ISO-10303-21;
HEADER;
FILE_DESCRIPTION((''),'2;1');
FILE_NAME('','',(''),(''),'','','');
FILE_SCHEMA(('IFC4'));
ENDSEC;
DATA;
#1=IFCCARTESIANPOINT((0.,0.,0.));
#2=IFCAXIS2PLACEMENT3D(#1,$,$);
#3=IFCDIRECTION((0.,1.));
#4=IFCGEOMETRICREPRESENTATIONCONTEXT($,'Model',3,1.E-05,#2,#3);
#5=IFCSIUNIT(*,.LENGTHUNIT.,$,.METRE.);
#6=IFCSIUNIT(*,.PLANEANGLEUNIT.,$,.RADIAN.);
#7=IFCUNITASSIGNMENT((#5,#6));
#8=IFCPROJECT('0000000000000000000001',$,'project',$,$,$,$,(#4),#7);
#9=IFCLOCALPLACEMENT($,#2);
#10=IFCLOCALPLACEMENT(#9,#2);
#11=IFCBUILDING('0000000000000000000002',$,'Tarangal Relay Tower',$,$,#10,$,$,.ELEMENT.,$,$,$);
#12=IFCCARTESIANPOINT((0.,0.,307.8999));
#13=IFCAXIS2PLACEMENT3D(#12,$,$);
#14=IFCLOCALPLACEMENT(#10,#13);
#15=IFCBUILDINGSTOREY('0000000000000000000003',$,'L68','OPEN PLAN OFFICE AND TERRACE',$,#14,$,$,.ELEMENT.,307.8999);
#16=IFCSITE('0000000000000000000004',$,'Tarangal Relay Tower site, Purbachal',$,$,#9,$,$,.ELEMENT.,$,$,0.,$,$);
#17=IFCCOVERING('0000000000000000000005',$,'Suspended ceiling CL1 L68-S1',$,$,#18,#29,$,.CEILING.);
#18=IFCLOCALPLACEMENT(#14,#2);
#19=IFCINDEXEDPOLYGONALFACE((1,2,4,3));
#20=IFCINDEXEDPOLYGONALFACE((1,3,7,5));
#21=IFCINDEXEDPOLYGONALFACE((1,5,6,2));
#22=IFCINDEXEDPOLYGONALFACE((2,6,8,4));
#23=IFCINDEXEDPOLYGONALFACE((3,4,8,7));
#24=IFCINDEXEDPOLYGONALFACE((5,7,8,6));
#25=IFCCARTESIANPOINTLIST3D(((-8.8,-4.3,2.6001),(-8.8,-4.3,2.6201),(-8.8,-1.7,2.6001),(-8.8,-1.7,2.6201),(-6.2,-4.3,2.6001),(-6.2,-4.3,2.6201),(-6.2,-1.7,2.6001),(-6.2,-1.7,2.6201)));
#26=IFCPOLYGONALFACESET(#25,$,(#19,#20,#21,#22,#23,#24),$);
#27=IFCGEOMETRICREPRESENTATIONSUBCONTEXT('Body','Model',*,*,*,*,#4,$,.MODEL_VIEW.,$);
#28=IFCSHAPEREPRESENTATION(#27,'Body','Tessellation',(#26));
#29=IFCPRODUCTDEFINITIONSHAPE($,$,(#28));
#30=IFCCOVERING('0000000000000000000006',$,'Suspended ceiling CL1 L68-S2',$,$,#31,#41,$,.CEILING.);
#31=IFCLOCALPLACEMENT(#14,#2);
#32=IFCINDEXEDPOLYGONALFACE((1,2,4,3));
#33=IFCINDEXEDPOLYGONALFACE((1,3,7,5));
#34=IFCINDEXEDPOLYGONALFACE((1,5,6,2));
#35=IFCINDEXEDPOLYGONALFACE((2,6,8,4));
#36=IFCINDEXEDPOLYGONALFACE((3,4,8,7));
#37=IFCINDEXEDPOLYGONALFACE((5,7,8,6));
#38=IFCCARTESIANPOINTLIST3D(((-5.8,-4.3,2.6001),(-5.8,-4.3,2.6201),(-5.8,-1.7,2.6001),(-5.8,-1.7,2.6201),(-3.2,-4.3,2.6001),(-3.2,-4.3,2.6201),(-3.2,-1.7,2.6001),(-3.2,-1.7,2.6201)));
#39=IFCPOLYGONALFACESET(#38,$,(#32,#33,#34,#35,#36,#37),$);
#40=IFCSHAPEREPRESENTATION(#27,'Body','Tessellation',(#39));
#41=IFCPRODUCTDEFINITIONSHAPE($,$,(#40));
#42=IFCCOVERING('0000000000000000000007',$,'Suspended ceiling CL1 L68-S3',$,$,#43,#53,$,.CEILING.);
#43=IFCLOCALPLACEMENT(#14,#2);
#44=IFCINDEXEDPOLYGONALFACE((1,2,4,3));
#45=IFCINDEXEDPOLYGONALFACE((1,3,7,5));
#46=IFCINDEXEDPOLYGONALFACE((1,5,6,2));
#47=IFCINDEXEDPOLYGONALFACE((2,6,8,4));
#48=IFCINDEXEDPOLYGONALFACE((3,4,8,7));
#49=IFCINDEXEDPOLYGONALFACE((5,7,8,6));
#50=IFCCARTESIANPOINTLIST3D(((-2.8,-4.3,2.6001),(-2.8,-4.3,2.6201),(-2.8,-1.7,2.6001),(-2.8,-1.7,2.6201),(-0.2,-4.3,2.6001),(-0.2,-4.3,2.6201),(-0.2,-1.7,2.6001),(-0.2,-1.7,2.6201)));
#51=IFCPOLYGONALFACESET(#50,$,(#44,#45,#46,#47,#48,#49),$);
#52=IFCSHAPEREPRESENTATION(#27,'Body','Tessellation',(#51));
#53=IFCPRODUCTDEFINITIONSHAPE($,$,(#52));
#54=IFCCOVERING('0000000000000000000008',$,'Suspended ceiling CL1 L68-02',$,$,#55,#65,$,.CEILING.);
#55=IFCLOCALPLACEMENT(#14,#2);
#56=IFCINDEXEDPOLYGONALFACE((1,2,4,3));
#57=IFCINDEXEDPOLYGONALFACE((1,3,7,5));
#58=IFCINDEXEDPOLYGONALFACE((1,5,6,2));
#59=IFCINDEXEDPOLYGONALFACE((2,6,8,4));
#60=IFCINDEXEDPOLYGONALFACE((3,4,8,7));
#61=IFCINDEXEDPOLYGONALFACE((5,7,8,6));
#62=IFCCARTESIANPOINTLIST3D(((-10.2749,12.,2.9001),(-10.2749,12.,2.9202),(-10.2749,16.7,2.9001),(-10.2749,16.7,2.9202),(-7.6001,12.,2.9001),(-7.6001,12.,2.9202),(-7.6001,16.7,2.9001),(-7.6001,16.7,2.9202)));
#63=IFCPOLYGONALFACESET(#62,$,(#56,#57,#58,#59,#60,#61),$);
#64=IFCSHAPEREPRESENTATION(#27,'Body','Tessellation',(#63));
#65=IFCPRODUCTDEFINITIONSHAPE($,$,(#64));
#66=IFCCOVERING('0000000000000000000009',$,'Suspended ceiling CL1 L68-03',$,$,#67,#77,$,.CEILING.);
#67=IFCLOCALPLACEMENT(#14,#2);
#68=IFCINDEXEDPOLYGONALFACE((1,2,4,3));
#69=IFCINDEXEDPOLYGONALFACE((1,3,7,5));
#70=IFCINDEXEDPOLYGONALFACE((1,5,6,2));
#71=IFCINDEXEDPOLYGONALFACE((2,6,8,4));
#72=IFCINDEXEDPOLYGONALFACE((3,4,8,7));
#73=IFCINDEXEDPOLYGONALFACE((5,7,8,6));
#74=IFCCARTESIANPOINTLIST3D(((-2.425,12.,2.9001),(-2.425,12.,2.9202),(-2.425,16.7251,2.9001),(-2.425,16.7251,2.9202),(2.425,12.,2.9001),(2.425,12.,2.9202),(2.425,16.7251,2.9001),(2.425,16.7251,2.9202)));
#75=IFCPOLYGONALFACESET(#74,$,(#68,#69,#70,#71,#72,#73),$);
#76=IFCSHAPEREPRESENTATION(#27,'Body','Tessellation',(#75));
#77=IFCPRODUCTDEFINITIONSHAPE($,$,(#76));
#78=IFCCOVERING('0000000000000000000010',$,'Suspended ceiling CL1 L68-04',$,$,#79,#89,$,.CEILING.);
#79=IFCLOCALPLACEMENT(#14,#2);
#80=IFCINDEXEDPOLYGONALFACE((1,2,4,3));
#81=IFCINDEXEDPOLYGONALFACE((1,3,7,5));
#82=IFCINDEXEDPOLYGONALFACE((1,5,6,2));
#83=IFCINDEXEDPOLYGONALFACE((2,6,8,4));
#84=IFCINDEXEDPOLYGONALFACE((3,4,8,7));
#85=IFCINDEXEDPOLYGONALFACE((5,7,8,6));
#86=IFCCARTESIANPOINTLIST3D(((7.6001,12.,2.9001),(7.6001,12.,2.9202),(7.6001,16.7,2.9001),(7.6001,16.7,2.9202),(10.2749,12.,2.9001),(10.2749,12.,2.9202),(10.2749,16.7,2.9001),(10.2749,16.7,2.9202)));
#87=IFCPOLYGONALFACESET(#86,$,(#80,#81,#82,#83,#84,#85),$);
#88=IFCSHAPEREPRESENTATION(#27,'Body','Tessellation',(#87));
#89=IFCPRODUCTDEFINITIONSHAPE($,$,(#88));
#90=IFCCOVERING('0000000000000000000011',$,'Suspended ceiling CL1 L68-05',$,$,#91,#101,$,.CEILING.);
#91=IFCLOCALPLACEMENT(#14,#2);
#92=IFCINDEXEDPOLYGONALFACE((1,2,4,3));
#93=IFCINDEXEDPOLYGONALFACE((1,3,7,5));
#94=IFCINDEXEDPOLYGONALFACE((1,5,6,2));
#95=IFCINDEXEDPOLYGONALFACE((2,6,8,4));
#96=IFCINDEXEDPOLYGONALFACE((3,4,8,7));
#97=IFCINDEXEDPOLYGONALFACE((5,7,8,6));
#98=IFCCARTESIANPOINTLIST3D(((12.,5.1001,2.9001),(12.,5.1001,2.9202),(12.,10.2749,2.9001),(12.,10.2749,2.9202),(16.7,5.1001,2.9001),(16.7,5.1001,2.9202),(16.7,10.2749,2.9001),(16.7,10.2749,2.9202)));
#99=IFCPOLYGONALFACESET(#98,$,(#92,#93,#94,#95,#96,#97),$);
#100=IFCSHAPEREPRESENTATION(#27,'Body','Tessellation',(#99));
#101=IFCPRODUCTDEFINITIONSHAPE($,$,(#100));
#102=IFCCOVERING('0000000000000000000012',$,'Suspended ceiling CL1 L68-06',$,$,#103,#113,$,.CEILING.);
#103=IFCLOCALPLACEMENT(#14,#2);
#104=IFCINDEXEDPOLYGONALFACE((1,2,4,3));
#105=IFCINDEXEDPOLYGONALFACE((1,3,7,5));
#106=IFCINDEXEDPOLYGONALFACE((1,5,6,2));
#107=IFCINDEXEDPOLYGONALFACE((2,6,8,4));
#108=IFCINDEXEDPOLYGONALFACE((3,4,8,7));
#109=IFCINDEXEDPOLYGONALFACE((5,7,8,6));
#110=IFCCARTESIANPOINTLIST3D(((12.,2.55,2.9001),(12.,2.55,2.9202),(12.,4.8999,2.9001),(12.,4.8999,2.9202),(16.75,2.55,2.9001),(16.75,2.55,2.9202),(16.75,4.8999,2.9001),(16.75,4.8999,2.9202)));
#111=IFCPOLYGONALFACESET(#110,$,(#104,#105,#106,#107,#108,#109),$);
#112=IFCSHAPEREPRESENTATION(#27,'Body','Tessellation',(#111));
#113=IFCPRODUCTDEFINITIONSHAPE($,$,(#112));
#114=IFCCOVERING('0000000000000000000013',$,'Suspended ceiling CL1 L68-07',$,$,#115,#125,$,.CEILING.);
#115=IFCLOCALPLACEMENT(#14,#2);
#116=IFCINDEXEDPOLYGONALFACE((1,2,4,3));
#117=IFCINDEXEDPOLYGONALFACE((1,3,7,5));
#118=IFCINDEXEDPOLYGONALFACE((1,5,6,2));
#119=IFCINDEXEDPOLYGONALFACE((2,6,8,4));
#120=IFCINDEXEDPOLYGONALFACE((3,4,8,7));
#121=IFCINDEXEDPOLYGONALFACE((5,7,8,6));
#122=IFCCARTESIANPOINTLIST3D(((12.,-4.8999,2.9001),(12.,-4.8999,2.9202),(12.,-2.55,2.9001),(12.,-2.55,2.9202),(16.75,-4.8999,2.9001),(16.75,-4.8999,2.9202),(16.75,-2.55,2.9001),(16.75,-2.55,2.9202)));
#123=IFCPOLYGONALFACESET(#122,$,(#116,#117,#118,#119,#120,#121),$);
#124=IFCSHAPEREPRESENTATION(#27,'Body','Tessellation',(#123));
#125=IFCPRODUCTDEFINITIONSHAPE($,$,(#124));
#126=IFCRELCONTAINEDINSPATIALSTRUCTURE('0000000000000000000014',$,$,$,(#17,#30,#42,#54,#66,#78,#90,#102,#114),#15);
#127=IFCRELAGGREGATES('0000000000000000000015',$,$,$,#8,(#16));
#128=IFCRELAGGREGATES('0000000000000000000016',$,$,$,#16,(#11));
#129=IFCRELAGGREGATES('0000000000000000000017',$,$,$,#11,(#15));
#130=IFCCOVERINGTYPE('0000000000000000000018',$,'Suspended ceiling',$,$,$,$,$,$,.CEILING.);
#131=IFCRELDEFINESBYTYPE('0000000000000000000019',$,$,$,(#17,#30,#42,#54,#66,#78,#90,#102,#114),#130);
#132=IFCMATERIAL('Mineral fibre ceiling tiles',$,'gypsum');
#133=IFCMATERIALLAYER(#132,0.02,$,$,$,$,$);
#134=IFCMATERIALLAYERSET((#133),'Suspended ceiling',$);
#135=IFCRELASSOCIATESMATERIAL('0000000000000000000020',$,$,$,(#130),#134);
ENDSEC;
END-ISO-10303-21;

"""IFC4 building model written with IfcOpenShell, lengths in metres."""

from ifc_helpers import new_model, si_unit, direction, frame, origin, place, context, subcontext, project, spatial, polyline, outline, extrude, material, layer, layer_set, type_object, element, save


model = new_model("IFC4")

# Units and contexts
model_context = context("Model", 3, precision=1e-05, world=origin(), true_north=direction((0.0, 1.0)))
body_context = subcontext(model_context, "Body", "Model", "MODEL_VIEW")
ifc_project = project(units=[si_unit("LENGTHUNIT", "METRE"), si_unit("PLANEANGLEUNIT", "RADIAN")], contexts=[model_context])

# Site, building, storey
site_placement = place(None, origin())
site = spatial("IfcSite", under=ifc_project, at=site_placement, Name="Tarangal Relay Tower site, Purbachal", CompositionType="ELEMENT", RefElevation=0.0)
building_placement = place(site_placement, origin())
building = spatial("IfcBuilding", under=site, at=building_placement, Name="Tarangal Relay Tower", CompositionType="ELEMENT")
storey_placement = place(building_placement, frame((0.0, 0.0, 307.8999)))
storey = spatial("IfcBuildingStorey", under=building, at=storey_placement, Name="L68", Description="OPEN PLAN OFFICE AND TERRACE", CompositionType="ELEMENT", Elevation=307.8999)

# Coverings
ifc_material_1 = material(Name="Mineral fibre ceiling tiles", Category="gypsum")
ifc_layer_1 = layer(ifc_material_1, 0.02)
ifc_layer_set_1 = layer_set([ifc_layer_1], Name="Suspended ceiling")
covering_type_1 = type_object("IfcCoveringType", Name="Suspended ceiling", PredefinedType="CEILING", material=ifc_layer_set_1)
covering_1_placement = place(storey_placement, frame((0.0, 0.0, 2.6001)))
element("IfcCovering", 1, at=covering_1_placement, inside=storey, type_object=covering_type_1, Name="Suspended ceiling CL1 L68-S1", PredefinedType="CEILING", context=body_context, shape_type="SweptSolid", body=[
    extrude(outline(polyline([(-8.8, -4.3), (-6.2, -4.3), (-6.2, -1.7), (-8.8, -1.7), (-8.8, -4.3)])), origin(), (0.0, 0.0, 1.0), 0.02),
])
covering_2_placement = place(storey_placement, frame((0.0, 0.0, 2.6001)))
element("IfcCovering", 2, at=covering_2_placement, inside=storey, type_object=covering_type_1, Name="Suspended ceiling CL1 L68-S2", PredefinedType="CEILING", context=body_context, shape_type="SweptSolid", body=[
    extrude(outline(polyline([(-5.8, -4.3), (-3.2, -4.3), (-3.2, -1.7), (-5.8, -1.7), (-5.8, -4.3)])), origin(), (0.0, 0.0, 1.0), 0.02),
])
covering_3_placement = place(storey_placement, frame((0.0, 0.0, 2.6001)))
element("IfcCovering", 3, at=covering_3_placement, inside=storey, type_object=covering_type_1, Name="Suspended ceiling CL1 L68-S3", PredefinedType="CEILING", context=body_context, shape_type="SweptSolid", body=[
    extrude(outline(polyline([(-2.8, -4.3), (-0.2, -4.3), (-0.2, -1.7), (-2.8, -1.7), (-2.8, -4.3)])), origin(), (0.0, 0.0, 1.0), 0.02),
])
covering_4_placement = place(storey_placement, frame((0.0, 0.0, 2.9001)))
element("IfcCovering", 4, at=covering_4_placement, inside=storey, type_object=covering_type_1, Name="Suspended ceiling CL1 L68-02", PredefinedType="CEILING", context=body_context, shape_type="SweptSolid", body=[
    extrude(outline(polyline([(-7.6001, 12.0), (-7.6001, 16.7), (-10.2749, 16.7), (-10.2749, 12.0), (-7.6001, 12.0)])), origin(), (0.0, 0.0, 1.0), 0.02),
])
covering_5_placement = place(storey_placement, frame((0.0, 0.0, 2.9001)))
element("IfcCovering", 5, at=covering_5_placement, inside=storey, type_object=covering_type_1, Name="Suspended ceiling CL1 L68-03", PredefinedType="CEILING", context=body_context, shape_type="SweptSolid", body=[
    extrude(outline(polyline([(2.425, 12.0), (2.425, 16.7251), (-2.425, 16.7251), (-2.425, 12.0), (2.425, 12.0)])), origin(), (0.0, 0.0, 1.0), 0.02),
])
covering_6_placement = place(storey_placement, frame((0.0, 0.0, 2.9001)))
element("IfcCovering", 6, at=covering_6_placement, inside=storey, type_object=covering_type_1, Name="Suspended ceiling CL1 L68-04", PredefinedType="CEILING", context=body_context, shape_type="SweptSolid", body=[
    extrude(outline(polyline([(10.2749, 12.0), (10.2749, 16.7), (7.6001, 16.7), (7.6001, 12.0), (10.2749, 12.0)])), origin(), (0.0, 0.0, 1.0), 0.02),
])
covering_7_placement = place(storey_placement, frame((0.0, 0.0, 2.9001)))
element("IfcCovering", 7, at=covering_7_placement, inside=storey, type_object=covering_type_1, Name="Suspended ceiling CL1 L68-05", PredefinedType="CEILING", context=body_context, shape_type="SweptSolid", body=[
    extrude(outline(polyline([(12.0, 5.1001), (16.7, 5.1001), (16.7, 10.2749), (12.0, 10.2749), (12.0, 5.1001)])), origin(), (0.0, 0.0, 1.0), 0.02),
])
covering_8_placement = place(storey_placement, frame((0.0, 0.0, 2.9001)))
element("IfcCovering", 8, at=covering_8_placement, inside=storey, type_object=covering_type_1, Name="Suspended ceiling CL1 L68-06", PredefinedType="CEILING", context=body_context, shape_type="SweptSolid", body=[
    extrude(outline(polyline([(12.0, 2.55), (16.75, 2.55), (16.75, 4.8999), (12.0, 4.8999), (12.0, 2.55)])), origin(), (0.0, 0.0, 1.0), 0.02),
])
covering_9_placement = place(storey_placement, frame((0.0, 0.0, 2.9001)))
element("IfcCovering", 9, at=covering_9_placement, inside=storey, type_object=covering_type_1, Name="Suspended ceiling CL1 L68-07", PredefinedType="CEILING", context=body_context, shape_type="SweptSolid", body=[
    extrude(outline(polyline([(12.0, -4.8999), (16.75, -4.8999), (16.75, -2.55), (12.0, -2.55), (12.0, -4.8999)])), origin(), (0.0, 0.0, 1.0), 0.02),
])

save(model, "model.ifc")
